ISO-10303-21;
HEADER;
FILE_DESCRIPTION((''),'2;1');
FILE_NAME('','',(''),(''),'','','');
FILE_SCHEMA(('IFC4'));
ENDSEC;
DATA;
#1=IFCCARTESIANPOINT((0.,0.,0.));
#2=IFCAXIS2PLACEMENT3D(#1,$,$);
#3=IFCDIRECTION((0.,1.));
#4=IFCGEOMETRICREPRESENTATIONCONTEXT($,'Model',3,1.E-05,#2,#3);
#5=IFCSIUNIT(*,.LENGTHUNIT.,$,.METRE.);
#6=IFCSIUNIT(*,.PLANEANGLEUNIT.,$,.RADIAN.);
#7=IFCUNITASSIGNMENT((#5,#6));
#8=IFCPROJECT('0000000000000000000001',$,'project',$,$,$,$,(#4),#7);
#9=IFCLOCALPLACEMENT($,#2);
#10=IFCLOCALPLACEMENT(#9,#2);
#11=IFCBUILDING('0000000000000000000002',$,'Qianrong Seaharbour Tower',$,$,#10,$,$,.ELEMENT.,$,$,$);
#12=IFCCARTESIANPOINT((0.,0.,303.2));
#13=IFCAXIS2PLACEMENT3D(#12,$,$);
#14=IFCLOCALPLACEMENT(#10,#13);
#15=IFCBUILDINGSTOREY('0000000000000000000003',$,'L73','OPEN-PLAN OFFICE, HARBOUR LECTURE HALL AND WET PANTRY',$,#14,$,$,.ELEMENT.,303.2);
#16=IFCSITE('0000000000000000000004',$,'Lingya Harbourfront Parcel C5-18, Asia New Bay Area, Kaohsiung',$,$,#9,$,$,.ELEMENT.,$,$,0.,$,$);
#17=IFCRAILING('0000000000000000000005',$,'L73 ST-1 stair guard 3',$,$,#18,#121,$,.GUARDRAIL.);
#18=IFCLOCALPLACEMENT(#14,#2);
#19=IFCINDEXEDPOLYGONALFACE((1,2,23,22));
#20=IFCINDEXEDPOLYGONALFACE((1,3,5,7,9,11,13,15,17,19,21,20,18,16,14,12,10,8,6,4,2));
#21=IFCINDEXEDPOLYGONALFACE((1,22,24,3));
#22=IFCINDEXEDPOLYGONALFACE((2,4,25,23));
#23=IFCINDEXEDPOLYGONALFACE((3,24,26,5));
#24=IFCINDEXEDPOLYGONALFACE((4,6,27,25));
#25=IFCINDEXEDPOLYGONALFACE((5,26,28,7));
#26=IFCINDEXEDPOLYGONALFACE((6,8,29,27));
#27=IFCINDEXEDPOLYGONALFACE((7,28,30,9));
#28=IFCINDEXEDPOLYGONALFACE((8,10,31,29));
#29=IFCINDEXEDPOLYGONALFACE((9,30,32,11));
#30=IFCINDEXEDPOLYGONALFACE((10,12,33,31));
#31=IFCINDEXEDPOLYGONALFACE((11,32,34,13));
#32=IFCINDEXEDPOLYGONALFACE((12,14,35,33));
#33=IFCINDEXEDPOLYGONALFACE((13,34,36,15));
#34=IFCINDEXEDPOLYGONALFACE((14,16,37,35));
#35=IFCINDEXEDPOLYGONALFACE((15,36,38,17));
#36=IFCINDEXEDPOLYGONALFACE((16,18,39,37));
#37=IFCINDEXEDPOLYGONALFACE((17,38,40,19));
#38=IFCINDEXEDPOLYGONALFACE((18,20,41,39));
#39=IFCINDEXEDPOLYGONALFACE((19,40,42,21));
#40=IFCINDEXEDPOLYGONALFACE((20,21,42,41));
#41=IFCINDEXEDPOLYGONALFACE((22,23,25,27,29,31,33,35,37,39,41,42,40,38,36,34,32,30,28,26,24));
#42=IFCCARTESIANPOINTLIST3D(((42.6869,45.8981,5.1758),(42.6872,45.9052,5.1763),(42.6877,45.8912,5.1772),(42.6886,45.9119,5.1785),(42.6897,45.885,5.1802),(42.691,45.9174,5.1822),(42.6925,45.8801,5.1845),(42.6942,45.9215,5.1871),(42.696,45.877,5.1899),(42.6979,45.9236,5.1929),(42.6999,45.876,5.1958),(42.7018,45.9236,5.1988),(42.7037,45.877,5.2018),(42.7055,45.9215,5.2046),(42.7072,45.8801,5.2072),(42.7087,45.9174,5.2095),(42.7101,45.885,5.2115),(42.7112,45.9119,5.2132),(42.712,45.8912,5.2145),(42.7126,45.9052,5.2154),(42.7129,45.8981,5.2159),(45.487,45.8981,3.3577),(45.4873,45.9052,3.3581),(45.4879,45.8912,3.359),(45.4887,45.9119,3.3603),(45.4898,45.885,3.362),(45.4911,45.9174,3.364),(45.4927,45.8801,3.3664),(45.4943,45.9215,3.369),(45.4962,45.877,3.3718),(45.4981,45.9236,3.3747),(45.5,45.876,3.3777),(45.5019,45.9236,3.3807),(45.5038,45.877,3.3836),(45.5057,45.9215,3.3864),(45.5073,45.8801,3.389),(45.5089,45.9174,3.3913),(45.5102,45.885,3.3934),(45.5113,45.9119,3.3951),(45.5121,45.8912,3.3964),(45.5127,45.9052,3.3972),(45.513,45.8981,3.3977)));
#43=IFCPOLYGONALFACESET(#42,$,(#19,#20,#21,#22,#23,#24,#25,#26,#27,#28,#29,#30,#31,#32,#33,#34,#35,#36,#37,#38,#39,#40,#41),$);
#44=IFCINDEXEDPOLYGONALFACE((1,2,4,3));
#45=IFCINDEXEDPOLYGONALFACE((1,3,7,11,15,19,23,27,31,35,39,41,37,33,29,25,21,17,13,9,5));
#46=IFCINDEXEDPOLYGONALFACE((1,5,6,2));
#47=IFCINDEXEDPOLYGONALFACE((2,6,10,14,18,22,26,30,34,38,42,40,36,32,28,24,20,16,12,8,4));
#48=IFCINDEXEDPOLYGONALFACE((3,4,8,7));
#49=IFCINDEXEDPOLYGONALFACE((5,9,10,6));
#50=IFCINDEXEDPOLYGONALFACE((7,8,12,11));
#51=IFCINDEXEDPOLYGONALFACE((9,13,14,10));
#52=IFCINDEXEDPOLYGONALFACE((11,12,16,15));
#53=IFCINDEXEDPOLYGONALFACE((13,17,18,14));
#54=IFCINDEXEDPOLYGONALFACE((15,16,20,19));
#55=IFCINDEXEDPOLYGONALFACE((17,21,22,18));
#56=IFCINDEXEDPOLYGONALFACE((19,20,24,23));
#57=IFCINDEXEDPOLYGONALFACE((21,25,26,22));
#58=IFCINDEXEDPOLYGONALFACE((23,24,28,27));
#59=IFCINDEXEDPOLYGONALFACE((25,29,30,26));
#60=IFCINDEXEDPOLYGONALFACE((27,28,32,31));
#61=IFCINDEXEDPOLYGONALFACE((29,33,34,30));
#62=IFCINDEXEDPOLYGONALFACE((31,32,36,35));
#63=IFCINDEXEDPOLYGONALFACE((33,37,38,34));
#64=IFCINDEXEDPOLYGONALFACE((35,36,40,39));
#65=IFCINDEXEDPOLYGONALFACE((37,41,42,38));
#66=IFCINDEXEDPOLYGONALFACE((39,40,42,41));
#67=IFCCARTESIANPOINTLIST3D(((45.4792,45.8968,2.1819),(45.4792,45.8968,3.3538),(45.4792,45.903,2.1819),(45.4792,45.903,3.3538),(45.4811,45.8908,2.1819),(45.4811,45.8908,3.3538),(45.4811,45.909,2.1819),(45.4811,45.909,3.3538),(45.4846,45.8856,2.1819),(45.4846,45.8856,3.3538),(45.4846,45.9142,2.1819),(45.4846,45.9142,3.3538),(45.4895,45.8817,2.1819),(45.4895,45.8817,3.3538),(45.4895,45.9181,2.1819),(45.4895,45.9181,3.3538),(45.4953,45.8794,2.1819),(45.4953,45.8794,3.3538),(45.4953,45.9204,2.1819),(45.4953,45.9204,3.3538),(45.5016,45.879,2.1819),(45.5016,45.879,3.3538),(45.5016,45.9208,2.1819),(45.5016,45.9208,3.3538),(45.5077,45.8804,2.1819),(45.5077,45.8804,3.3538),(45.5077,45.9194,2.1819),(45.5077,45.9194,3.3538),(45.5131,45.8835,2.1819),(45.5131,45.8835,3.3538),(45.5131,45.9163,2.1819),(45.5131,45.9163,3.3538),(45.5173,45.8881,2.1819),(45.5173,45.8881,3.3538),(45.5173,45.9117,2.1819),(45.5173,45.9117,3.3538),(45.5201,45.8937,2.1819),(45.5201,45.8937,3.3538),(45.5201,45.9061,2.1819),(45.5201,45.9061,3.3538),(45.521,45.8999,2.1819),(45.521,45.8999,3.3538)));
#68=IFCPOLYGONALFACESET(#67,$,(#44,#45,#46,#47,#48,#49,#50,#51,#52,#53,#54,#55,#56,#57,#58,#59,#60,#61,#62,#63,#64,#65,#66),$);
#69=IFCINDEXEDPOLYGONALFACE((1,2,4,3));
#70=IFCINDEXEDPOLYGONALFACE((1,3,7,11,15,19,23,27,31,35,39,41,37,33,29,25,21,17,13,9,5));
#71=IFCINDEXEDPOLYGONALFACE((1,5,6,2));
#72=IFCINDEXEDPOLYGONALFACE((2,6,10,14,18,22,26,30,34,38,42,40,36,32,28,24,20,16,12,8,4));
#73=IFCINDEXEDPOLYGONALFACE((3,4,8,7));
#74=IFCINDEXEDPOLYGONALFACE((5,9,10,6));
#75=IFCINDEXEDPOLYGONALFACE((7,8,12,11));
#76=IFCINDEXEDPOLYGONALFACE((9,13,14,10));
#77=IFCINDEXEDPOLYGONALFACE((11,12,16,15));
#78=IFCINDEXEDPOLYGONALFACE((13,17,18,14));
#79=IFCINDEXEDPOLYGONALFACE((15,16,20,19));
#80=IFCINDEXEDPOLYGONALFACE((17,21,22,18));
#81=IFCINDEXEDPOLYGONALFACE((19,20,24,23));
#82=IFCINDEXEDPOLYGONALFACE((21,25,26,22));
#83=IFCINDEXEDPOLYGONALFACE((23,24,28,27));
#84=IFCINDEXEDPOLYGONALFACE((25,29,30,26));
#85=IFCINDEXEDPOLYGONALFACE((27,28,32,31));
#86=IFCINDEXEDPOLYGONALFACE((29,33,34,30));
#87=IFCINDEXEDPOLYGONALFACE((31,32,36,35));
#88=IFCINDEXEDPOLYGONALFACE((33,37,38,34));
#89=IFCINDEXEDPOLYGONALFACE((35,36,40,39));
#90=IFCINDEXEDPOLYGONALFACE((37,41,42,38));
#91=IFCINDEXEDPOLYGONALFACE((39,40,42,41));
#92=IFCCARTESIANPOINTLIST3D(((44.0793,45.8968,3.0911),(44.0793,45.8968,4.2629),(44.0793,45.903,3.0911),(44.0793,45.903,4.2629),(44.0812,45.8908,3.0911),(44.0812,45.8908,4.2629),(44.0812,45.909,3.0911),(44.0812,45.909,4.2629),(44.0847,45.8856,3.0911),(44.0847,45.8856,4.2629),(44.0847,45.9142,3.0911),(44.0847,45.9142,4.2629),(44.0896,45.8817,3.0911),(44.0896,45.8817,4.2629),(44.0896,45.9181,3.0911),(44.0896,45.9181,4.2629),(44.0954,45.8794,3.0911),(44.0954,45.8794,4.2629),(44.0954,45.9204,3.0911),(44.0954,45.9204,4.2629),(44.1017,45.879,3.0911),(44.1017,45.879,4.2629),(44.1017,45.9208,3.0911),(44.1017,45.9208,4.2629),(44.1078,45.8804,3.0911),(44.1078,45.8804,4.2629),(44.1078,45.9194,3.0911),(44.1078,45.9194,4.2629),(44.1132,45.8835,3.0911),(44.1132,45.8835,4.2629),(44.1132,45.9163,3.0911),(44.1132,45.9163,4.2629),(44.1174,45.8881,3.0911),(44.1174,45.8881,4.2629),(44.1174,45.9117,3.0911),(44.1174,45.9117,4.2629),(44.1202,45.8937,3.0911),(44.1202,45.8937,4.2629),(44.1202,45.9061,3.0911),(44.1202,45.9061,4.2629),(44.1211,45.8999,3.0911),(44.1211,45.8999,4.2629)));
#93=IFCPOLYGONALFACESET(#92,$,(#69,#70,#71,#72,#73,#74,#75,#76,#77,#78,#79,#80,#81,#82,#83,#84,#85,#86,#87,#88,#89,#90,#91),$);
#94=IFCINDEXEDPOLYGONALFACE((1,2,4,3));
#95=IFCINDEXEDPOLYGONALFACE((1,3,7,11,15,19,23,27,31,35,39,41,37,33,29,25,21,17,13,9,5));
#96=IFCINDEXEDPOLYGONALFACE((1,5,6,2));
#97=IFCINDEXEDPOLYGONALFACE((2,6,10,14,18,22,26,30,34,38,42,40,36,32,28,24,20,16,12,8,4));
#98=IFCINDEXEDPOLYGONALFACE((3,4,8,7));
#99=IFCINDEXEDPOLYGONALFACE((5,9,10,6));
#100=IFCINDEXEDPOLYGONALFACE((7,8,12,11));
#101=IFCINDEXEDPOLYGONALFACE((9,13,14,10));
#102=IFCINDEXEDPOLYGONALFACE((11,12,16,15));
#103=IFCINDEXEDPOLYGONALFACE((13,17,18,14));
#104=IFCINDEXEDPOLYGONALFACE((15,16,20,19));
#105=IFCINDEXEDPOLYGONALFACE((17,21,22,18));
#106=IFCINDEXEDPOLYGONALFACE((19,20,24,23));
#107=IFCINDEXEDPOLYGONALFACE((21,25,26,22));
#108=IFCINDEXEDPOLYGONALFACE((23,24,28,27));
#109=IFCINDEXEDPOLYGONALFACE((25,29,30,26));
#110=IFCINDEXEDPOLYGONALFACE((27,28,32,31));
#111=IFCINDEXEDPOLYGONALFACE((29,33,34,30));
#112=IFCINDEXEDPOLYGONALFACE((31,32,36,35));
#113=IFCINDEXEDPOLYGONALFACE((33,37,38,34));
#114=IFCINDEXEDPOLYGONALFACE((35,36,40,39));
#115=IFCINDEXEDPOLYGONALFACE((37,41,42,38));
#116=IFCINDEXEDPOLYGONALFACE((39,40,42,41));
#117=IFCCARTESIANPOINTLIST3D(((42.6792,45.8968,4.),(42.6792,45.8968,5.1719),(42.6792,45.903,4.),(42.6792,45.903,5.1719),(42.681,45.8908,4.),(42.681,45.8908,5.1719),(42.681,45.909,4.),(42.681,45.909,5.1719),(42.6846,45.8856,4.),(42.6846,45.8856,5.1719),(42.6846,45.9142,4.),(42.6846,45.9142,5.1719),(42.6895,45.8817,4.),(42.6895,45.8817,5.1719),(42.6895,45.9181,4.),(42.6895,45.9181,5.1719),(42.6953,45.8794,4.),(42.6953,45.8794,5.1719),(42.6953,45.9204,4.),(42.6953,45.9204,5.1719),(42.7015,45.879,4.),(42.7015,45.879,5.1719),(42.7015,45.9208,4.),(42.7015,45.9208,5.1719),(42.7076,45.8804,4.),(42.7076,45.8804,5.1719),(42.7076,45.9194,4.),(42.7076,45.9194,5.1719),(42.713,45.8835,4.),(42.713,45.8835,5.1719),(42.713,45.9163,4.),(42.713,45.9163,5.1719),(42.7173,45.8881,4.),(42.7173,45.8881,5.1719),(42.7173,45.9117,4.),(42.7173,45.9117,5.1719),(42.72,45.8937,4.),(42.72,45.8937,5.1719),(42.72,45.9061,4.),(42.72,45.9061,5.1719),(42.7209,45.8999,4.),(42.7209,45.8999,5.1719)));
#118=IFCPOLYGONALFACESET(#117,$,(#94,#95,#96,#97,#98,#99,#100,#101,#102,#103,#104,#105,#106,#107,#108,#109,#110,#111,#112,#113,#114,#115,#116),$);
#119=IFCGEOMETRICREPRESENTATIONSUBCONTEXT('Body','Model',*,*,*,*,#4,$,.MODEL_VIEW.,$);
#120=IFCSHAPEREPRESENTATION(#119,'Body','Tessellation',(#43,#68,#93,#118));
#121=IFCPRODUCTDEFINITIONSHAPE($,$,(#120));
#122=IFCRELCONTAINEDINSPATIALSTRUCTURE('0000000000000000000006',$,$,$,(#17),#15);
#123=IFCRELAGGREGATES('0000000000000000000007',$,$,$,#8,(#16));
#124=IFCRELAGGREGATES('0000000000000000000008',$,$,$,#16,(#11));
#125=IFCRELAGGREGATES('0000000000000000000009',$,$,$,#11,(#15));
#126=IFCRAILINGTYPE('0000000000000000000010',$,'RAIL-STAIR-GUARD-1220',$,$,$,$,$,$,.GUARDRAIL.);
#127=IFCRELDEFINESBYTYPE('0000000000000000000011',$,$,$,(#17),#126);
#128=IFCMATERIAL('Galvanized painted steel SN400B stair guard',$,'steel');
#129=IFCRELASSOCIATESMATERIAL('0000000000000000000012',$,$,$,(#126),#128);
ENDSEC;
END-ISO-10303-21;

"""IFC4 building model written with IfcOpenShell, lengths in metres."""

from ifc_helpers import new_model, si_unit, direction, frame, origin, origin_2d, place, context, subcontext, project, spatial, circle, extrude, material, type_object, element, save


model = new_model("IFC4")

# Units and contexts
model_context = context("Model", 3, precision=1e-05, world=origin(), true_north=direction((0.0, 1.0)))
body_context = subcontext(model_context, "Body", "Model", "MODEL_VIEW")
ifc_project = project(units=[si_unit("LENGTHUNIT", "METRE"), si_unit("PLANEANGLEUNIT", "RADIAN")], contexts=[model_context])

# Site, building, storey
site_placement = place(None, origin())
site = spatial("IfcSite", under=ifc_project, at=site_placement, Name="Lingya Harbourfront Parcel C5-18, Asia New Bay Area, Kaohsiung", CompositionType="ELEMENT", RefElevation=0.0)
building_placement = place(site_placement, origin())
building = spatial("IfcBuilding", under=site, at=building_placement, Name="Qianrong Seaharbour Tower", CompositionType="ELEMENT")
storey_placement = place(building_placement, frame((0.0, 0.0, 303.2)))
storey = spatial("IfcBuildingStorey", under=building, at=storey_placement, Name="L73", Description="OPEN-PLAN OFFICE, HARBOUR LECTURE HALL AND WET PANTRY", CompositionType="ELEMENT", Elevation=303.2)

# Railing
ifc_material_1 = material(Name="Galvanized painted steel SN400B stair guard", Category="steel")
railing_type_1 = type_object("IfcRailingType", Name="RAIL-STAIR-GUARD-1220", PredefinedType="GUARDRAIL", material=ifc_material_1)
railing_1_placement = place(storey_placement, frame((45.5, 45.8999, 2.1819)))
element("IfcRailing", 1, at=railing_1_placement, inside=storey, type_object=railing_type_1, Name="L73 ST-1 stair guard 3", PredefinedType="GUARDRAIL", context=body_context, shape_type="SweptSolid", body=[
    extrude(circle(Radius=0.0239, at=origin_2d()), frame((0.0, 0.0, 1.1958), z_axis=(-0.838706, 0.0, 0.544585), x_axis=(0.0, -1.0, 0.0)), (0.0, 0.0, 1.0), 3.3386),
    extrude(circle(Radius=0.021, at=origin_2d()), origin(), (0.0, 0.0, 1.0), 1.1719),
    extrude(circle(Radius=0.021, at=origin_2d()), frame((-1.3999, 0.0, 0.9092)), (0.0, 0.0, 1.0), 1.1719),
    extrude(circle(Radius=0.021, at=origin_2d()), frame((-2.8, 0.0, 1.8181)), (0.0, 0.0, 1.0), 1.1719),
])

save(model, "model.ifc")
